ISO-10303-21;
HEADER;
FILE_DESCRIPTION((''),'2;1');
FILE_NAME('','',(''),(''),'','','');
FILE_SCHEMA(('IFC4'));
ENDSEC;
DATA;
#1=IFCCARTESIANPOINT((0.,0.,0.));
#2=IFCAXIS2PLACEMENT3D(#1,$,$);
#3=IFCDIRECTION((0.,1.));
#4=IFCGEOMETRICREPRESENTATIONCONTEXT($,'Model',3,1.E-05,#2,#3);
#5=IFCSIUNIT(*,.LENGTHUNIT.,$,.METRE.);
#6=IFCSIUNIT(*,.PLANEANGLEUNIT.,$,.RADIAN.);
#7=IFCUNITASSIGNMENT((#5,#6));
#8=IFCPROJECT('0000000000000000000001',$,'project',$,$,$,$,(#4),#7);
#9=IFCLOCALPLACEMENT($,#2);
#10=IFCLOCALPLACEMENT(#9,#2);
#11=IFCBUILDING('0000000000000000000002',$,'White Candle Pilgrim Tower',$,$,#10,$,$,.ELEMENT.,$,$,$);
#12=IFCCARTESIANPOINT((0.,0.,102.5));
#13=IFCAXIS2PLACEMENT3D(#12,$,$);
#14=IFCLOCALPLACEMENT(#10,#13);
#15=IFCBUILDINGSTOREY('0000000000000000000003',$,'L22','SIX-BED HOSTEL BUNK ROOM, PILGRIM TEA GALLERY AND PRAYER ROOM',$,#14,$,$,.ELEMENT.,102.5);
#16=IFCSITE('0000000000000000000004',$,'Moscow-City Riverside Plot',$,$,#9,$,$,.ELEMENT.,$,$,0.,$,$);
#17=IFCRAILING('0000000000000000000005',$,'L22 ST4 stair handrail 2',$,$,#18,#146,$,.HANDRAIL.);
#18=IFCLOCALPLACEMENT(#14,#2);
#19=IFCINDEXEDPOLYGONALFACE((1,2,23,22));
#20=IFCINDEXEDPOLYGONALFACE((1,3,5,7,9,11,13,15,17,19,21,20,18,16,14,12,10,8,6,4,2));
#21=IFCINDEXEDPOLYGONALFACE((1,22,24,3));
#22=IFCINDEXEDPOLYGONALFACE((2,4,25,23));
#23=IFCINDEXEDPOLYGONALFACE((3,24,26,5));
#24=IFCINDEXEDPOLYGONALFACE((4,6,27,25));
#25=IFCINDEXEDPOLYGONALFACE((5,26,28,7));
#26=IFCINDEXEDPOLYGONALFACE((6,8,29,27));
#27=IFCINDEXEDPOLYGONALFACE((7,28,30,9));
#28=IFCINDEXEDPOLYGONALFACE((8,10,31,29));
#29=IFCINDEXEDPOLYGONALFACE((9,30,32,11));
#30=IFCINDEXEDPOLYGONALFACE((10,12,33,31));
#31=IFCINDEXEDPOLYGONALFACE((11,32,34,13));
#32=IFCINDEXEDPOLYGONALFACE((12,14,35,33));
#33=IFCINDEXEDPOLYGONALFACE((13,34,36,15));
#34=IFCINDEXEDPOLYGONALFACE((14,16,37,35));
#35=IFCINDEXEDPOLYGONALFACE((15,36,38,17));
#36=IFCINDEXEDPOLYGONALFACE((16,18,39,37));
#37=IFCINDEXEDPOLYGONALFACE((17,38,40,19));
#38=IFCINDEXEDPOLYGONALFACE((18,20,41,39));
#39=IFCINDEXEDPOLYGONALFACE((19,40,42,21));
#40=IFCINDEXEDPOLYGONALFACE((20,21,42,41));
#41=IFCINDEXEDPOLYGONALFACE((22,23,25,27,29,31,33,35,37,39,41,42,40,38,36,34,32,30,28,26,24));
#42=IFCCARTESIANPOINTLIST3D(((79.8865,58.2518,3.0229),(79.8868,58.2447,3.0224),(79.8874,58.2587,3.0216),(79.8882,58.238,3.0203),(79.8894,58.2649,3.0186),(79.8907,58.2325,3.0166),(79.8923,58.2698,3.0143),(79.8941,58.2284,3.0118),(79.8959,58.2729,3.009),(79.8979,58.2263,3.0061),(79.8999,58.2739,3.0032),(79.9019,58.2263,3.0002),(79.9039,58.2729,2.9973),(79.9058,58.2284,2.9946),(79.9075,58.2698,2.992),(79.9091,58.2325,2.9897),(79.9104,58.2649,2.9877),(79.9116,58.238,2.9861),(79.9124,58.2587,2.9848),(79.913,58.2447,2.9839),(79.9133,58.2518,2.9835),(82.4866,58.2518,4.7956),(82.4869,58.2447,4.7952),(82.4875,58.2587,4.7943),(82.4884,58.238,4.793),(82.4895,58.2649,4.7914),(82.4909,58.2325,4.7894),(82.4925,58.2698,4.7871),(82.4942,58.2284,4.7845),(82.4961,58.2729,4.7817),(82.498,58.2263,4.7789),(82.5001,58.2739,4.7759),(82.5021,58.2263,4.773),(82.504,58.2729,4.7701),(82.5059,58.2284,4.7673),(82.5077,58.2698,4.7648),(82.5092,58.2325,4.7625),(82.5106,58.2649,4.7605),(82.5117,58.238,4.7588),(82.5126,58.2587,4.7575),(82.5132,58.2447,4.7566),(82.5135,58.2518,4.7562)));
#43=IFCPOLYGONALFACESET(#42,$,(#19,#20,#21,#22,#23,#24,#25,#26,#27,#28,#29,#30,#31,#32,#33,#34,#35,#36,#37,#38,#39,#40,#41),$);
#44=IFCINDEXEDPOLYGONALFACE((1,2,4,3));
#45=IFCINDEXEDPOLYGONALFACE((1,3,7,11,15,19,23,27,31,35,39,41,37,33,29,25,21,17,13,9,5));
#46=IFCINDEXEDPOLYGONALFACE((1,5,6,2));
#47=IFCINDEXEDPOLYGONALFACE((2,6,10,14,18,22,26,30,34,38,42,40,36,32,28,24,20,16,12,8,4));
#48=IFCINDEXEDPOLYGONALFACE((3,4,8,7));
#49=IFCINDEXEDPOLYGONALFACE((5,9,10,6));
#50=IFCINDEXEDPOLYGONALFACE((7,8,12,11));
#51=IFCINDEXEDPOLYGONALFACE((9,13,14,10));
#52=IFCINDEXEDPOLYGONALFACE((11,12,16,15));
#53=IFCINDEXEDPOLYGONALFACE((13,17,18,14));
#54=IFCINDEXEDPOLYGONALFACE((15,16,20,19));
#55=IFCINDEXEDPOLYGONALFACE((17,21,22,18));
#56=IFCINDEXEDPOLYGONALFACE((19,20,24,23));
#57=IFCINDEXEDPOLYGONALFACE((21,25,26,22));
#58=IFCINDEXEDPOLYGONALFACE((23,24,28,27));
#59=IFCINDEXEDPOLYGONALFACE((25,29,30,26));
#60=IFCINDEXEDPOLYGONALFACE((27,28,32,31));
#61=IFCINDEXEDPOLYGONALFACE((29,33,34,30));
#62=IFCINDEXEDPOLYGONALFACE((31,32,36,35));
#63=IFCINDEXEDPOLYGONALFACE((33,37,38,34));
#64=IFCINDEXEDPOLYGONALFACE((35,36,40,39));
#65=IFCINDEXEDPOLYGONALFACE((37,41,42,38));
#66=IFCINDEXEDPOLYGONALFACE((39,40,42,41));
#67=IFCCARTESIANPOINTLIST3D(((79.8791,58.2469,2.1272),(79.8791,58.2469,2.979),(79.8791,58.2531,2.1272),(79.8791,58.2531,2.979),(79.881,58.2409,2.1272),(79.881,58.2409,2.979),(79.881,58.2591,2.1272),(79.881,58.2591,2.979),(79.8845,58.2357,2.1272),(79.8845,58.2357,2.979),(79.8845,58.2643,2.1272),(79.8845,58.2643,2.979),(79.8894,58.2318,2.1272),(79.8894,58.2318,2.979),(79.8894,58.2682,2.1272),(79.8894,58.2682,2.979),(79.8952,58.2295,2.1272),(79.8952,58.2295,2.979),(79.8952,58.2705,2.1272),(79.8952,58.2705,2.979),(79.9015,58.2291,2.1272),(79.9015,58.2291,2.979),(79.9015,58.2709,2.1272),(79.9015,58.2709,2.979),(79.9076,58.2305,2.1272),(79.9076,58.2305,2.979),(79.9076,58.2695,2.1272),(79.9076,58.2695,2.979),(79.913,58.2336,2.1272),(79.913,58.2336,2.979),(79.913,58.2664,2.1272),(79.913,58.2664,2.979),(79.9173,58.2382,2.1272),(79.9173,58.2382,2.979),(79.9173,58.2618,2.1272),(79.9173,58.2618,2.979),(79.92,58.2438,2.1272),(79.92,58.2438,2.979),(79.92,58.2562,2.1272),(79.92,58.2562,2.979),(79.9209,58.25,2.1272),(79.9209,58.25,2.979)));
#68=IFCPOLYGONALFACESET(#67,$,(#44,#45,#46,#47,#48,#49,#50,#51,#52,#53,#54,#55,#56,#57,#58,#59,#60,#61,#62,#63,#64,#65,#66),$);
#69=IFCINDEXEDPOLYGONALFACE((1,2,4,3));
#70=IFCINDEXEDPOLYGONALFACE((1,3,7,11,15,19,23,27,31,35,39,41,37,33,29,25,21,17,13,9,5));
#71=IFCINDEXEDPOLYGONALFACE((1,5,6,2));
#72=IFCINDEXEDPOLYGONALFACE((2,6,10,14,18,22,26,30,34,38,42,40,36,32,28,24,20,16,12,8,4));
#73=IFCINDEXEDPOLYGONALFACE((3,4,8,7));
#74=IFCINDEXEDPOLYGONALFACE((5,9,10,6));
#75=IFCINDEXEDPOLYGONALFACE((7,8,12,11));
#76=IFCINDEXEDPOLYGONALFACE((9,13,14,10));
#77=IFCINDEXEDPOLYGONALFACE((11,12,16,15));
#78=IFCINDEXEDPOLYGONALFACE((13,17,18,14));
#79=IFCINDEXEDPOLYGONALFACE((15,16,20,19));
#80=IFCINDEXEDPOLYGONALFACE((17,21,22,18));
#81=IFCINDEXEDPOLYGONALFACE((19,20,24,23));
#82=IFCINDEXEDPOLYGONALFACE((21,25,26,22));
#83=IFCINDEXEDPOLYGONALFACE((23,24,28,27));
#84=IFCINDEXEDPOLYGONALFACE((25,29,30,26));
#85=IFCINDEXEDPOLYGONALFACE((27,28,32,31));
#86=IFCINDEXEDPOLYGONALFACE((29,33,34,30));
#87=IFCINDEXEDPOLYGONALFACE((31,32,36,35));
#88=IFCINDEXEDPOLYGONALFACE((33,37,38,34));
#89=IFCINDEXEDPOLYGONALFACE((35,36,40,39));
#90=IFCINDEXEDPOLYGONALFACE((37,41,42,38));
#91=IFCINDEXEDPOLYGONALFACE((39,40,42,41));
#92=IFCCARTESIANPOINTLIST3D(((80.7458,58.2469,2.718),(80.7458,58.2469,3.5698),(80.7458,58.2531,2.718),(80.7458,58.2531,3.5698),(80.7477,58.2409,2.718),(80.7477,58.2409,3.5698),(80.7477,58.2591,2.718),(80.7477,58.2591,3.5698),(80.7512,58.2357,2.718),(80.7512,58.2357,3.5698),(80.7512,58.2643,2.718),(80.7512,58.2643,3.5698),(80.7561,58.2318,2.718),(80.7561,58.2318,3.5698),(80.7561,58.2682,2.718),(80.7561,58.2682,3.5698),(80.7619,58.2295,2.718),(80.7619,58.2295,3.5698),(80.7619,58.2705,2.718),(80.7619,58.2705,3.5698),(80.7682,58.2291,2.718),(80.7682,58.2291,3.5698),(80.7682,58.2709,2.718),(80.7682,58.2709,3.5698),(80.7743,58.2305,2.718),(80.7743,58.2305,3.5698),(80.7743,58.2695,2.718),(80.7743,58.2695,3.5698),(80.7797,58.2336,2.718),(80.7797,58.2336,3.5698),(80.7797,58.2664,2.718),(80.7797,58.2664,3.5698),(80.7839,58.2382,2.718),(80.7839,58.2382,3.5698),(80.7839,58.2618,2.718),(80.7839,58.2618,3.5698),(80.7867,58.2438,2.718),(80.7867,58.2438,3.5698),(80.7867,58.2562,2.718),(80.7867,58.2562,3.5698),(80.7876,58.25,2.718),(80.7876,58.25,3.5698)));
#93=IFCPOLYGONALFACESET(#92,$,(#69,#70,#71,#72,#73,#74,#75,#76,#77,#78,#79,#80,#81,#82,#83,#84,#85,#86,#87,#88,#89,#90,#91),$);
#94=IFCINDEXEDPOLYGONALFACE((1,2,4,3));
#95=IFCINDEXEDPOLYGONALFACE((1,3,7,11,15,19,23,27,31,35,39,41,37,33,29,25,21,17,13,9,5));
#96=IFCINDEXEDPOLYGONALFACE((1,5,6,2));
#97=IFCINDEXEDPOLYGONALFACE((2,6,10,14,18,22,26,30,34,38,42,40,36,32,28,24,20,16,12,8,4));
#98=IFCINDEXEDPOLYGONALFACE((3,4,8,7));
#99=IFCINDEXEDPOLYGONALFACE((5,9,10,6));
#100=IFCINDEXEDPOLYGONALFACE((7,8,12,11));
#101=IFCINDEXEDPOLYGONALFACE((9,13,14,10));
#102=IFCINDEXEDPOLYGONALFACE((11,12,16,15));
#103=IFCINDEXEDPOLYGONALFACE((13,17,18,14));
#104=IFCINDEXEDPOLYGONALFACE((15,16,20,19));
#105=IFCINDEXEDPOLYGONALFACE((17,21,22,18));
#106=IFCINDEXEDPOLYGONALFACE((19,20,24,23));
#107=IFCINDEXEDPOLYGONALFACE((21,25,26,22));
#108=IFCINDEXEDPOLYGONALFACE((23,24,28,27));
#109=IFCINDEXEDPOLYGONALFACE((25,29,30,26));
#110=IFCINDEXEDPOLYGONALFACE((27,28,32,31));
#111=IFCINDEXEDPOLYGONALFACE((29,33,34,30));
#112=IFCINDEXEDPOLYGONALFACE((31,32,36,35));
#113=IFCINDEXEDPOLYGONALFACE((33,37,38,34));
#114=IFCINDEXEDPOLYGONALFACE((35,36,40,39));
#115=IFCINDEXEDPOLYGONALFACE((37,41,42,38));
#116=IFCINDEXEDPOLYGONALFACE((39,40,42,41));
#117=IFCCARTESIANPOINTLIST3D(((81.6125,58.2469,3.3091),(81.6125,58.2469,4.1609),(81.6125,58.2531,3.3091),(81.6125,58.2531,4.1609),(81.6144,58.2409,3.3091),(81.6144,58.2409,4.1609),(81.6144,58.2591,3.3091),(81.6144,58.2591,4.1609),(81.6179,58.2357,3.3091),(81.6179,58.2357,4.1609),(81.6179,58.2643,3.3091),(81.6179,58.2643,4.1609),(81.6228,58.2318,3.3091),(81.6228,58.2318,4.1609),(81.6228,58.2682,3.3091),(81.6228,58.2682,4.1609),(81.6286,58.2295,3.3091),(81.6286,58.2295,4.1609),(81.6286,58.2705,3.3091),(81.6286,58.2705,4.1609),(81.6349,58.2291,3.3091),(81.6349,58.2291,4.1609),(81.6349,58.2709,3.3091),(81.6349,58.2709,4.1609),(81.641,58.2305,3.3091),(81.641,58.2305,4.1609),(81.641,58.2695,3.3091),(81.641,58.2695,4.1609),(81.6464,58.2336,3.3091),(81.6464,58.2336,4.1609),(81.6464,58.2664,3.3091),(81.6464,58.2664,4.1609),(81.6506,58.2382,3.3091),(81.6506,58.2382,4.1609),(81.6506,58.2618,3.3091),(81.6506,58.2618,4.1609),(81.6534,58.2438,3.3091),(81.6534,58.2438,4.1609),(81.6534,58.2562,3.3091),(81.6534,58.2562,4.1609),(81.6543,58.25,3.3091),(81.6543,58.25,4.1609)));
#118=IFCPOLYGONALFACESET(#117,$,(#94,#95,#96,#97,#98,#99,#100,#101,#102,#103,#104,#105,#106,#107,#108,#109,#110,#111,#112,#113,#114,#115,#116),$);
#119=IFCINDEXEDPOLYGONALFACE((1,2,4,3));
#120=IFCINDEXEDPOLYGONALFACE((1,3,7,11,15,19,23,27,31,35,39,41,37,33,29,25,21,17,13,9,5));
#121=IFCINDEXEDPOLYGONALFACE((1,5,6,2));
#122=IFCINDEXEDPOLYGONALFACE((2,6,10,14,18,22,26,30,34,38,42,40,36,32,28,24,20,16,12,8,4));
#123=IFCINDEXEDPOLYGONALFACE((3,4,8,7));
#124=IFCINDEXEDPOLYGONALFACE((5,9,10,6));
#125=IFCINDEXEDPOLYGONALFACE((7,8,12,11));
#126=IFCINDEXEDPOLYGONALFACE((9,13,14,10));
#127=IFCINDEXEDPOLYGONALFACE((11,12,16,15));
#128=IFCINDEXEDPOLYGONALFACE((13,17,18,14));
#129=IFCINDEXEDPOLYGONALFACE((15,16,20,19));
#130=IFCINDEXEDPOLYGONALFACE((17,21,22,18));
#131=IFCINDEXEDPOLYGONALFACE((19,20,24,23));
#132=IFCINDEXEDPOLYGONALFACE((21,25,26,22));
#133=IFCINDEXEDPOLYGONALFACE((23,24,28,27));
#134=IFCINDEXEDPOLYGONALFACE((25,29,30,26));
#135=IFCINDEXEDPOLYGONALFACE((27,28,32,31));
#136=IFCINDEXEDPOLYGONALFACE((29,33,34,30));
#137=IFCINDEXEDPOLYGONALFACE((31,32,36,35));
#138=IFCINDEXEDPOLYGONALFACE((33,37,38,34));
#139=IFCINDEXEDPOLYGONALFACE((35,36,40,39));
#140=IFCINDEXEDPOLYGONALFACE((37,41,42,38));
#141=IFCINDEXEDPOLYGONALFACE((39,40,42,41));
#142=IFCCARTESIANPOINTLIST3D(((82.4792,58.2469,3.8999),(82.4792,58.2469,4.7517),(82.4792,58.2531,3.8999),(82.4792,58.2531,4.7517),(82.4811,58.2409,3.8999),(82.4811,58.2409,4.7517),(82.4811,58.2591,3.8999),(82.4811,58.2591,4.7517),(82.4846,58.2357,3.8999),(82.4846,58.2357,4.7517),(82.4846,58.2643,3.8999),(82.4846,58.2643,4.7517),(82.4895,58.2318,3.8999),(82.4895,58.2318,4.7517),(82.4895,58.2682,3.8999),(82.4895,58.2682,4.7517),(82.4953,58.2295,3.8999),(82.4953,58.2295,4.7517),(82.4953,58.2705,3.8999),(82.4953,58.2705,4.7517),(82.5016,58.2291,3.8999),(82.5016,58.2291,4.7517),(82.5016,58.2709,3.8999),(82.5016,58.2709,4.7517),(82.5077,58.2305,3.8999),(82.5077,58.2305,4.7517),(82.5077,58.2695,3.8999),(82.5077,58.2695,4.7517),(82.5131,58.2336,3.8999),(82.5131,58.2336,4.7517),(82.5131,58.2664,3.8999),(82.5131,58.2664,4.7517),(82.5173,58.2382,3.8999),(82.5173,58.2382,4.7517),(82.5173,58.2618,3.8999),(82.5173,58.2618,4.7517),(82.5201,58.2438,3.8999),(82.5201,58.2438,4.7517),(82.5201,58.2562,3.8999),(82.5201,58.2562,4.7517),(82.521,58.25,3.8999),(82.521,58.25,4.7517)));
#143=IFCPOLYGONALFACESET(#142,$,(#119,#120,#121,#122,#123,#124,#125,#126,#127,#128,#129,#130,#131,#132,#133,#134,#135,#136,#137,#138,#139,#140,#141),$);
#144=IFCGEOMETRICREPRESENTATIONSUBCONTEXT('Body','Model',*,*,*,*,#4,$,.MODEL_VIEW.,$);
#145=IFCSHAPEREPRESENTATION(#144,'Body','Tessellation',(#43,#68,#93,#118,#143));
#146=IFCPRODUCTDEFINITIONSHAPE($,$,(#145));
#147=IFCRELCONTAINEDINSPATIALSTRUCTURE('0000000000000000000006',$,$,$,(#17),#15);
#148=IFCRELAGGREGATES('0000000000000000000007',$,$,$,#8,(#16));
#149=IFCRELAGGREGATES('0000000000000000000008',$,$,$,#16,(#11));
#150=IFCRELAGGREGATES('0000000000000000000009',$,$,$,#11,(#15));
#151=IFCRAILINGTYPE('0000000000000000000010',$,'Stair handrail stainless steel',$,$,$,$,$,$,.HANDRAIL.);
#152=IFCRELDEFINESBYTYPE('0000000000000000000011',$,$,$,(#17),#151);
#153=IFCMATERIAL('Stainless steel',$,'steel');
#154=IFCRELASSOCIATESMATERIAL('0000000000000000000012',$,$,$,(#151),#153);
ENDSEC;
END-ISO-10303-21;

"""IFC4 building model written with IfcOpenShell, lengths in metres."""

from ifc_helpers import new_model, si_unit, direction, frame, origin, origin_2d, place, context, subcontext, project, spatial, circle, extrude, material, type_object, element, save


model = new_model("IFC4")

# Units and contexts
model_context = context("Model", 3, precision=1e-05, world=origin(), true_north=direction((0.0, 1.0)))
body_context = subcontext(model_context, "Body", "Model", "MODEL_VIEW")
ifc_project = project(units=[si_unit("LENGTHUNIT", "METRE"), si_unit("PLANEANGLEUNIT", "RADIAN")], contexts=[model_context])

# Site, building, storey
site_placement = place(None, origin())
site = spatial("IfcSite", under=ifc_project, at=site_placement, Name="Moscow-City Riverside Plot", CompositionType="ELEMENT", RefElevation=0.0)
building_placement = place(site_placement, origin())
building = spatial("IfcBuilding", under=site, at=building_placement, Name="White Candle Pilgrim Tower", CompositionType="ELEMENT")
storey_placement = place(building_placement, frame((0.0, 0.0, 102.5)))
storey = spatial("IfcBuildingStorey", under=building, at=storey_placement, Name="L22", Description="SIX-BED HOSTEL BUNK ROOM, PILGRIM TEA GALLERY AND PRAYER ROOM", CompositionType="ELEMENT", Elevation=102.5)

# Railing
ifc_material_1 = material(Name="Stainless steel", Category="steel")
railing_type_1 = type_object("IfcRailingType", Name="Stair handrail stainless steel", PredefinedType="HANDRAIL", material=ifc_material_1)
railing_1_placement = place(storey_placement, frame((79.8999, 58.25, 2.1272)))
element("IfcRailing", 1, at=railing_1_placement, inside=storey, type_object=railing_type_1, Name="L22 ST4 stair handrail 2", PredefinedType="HANDRAIL", context=body_context, shape_type="SweptSolid", body=[
    extrude(circle(Radius=0.0239, at=origin_2d()), frame((0.0, 0.0, 0.876), z_axis=(0.82624, 0.0, 0.563318), x_axis=(0.0, 1.0, 0.0)), (0.0, 0.0, 1.0), 3.147),
    extrude(circle(Radius=0.021, at=origin_2d()), origin(), (0.0, 0.0, 1.0), 0.8518),
    extrude(circle(Radius=0.021, at=origin_2d()), frame((0.8667, 0.0, 0.5908)), (0.0, 0.0, 1.0), 0.8518),
    extrude(circle(Radius=0.021, at=origin_2d()), frame((1.7334, 0.0, 1.1819)), (0.0, 0.0, 1.0), 0.8518),
    extrude(circle(Radius=0.021, at=origin_2d()), frame((2.6001, 0.0, 1.7727)), (0.0, 0.0, 1.0), 0.8518),
])

save(model, "model.ifc")
